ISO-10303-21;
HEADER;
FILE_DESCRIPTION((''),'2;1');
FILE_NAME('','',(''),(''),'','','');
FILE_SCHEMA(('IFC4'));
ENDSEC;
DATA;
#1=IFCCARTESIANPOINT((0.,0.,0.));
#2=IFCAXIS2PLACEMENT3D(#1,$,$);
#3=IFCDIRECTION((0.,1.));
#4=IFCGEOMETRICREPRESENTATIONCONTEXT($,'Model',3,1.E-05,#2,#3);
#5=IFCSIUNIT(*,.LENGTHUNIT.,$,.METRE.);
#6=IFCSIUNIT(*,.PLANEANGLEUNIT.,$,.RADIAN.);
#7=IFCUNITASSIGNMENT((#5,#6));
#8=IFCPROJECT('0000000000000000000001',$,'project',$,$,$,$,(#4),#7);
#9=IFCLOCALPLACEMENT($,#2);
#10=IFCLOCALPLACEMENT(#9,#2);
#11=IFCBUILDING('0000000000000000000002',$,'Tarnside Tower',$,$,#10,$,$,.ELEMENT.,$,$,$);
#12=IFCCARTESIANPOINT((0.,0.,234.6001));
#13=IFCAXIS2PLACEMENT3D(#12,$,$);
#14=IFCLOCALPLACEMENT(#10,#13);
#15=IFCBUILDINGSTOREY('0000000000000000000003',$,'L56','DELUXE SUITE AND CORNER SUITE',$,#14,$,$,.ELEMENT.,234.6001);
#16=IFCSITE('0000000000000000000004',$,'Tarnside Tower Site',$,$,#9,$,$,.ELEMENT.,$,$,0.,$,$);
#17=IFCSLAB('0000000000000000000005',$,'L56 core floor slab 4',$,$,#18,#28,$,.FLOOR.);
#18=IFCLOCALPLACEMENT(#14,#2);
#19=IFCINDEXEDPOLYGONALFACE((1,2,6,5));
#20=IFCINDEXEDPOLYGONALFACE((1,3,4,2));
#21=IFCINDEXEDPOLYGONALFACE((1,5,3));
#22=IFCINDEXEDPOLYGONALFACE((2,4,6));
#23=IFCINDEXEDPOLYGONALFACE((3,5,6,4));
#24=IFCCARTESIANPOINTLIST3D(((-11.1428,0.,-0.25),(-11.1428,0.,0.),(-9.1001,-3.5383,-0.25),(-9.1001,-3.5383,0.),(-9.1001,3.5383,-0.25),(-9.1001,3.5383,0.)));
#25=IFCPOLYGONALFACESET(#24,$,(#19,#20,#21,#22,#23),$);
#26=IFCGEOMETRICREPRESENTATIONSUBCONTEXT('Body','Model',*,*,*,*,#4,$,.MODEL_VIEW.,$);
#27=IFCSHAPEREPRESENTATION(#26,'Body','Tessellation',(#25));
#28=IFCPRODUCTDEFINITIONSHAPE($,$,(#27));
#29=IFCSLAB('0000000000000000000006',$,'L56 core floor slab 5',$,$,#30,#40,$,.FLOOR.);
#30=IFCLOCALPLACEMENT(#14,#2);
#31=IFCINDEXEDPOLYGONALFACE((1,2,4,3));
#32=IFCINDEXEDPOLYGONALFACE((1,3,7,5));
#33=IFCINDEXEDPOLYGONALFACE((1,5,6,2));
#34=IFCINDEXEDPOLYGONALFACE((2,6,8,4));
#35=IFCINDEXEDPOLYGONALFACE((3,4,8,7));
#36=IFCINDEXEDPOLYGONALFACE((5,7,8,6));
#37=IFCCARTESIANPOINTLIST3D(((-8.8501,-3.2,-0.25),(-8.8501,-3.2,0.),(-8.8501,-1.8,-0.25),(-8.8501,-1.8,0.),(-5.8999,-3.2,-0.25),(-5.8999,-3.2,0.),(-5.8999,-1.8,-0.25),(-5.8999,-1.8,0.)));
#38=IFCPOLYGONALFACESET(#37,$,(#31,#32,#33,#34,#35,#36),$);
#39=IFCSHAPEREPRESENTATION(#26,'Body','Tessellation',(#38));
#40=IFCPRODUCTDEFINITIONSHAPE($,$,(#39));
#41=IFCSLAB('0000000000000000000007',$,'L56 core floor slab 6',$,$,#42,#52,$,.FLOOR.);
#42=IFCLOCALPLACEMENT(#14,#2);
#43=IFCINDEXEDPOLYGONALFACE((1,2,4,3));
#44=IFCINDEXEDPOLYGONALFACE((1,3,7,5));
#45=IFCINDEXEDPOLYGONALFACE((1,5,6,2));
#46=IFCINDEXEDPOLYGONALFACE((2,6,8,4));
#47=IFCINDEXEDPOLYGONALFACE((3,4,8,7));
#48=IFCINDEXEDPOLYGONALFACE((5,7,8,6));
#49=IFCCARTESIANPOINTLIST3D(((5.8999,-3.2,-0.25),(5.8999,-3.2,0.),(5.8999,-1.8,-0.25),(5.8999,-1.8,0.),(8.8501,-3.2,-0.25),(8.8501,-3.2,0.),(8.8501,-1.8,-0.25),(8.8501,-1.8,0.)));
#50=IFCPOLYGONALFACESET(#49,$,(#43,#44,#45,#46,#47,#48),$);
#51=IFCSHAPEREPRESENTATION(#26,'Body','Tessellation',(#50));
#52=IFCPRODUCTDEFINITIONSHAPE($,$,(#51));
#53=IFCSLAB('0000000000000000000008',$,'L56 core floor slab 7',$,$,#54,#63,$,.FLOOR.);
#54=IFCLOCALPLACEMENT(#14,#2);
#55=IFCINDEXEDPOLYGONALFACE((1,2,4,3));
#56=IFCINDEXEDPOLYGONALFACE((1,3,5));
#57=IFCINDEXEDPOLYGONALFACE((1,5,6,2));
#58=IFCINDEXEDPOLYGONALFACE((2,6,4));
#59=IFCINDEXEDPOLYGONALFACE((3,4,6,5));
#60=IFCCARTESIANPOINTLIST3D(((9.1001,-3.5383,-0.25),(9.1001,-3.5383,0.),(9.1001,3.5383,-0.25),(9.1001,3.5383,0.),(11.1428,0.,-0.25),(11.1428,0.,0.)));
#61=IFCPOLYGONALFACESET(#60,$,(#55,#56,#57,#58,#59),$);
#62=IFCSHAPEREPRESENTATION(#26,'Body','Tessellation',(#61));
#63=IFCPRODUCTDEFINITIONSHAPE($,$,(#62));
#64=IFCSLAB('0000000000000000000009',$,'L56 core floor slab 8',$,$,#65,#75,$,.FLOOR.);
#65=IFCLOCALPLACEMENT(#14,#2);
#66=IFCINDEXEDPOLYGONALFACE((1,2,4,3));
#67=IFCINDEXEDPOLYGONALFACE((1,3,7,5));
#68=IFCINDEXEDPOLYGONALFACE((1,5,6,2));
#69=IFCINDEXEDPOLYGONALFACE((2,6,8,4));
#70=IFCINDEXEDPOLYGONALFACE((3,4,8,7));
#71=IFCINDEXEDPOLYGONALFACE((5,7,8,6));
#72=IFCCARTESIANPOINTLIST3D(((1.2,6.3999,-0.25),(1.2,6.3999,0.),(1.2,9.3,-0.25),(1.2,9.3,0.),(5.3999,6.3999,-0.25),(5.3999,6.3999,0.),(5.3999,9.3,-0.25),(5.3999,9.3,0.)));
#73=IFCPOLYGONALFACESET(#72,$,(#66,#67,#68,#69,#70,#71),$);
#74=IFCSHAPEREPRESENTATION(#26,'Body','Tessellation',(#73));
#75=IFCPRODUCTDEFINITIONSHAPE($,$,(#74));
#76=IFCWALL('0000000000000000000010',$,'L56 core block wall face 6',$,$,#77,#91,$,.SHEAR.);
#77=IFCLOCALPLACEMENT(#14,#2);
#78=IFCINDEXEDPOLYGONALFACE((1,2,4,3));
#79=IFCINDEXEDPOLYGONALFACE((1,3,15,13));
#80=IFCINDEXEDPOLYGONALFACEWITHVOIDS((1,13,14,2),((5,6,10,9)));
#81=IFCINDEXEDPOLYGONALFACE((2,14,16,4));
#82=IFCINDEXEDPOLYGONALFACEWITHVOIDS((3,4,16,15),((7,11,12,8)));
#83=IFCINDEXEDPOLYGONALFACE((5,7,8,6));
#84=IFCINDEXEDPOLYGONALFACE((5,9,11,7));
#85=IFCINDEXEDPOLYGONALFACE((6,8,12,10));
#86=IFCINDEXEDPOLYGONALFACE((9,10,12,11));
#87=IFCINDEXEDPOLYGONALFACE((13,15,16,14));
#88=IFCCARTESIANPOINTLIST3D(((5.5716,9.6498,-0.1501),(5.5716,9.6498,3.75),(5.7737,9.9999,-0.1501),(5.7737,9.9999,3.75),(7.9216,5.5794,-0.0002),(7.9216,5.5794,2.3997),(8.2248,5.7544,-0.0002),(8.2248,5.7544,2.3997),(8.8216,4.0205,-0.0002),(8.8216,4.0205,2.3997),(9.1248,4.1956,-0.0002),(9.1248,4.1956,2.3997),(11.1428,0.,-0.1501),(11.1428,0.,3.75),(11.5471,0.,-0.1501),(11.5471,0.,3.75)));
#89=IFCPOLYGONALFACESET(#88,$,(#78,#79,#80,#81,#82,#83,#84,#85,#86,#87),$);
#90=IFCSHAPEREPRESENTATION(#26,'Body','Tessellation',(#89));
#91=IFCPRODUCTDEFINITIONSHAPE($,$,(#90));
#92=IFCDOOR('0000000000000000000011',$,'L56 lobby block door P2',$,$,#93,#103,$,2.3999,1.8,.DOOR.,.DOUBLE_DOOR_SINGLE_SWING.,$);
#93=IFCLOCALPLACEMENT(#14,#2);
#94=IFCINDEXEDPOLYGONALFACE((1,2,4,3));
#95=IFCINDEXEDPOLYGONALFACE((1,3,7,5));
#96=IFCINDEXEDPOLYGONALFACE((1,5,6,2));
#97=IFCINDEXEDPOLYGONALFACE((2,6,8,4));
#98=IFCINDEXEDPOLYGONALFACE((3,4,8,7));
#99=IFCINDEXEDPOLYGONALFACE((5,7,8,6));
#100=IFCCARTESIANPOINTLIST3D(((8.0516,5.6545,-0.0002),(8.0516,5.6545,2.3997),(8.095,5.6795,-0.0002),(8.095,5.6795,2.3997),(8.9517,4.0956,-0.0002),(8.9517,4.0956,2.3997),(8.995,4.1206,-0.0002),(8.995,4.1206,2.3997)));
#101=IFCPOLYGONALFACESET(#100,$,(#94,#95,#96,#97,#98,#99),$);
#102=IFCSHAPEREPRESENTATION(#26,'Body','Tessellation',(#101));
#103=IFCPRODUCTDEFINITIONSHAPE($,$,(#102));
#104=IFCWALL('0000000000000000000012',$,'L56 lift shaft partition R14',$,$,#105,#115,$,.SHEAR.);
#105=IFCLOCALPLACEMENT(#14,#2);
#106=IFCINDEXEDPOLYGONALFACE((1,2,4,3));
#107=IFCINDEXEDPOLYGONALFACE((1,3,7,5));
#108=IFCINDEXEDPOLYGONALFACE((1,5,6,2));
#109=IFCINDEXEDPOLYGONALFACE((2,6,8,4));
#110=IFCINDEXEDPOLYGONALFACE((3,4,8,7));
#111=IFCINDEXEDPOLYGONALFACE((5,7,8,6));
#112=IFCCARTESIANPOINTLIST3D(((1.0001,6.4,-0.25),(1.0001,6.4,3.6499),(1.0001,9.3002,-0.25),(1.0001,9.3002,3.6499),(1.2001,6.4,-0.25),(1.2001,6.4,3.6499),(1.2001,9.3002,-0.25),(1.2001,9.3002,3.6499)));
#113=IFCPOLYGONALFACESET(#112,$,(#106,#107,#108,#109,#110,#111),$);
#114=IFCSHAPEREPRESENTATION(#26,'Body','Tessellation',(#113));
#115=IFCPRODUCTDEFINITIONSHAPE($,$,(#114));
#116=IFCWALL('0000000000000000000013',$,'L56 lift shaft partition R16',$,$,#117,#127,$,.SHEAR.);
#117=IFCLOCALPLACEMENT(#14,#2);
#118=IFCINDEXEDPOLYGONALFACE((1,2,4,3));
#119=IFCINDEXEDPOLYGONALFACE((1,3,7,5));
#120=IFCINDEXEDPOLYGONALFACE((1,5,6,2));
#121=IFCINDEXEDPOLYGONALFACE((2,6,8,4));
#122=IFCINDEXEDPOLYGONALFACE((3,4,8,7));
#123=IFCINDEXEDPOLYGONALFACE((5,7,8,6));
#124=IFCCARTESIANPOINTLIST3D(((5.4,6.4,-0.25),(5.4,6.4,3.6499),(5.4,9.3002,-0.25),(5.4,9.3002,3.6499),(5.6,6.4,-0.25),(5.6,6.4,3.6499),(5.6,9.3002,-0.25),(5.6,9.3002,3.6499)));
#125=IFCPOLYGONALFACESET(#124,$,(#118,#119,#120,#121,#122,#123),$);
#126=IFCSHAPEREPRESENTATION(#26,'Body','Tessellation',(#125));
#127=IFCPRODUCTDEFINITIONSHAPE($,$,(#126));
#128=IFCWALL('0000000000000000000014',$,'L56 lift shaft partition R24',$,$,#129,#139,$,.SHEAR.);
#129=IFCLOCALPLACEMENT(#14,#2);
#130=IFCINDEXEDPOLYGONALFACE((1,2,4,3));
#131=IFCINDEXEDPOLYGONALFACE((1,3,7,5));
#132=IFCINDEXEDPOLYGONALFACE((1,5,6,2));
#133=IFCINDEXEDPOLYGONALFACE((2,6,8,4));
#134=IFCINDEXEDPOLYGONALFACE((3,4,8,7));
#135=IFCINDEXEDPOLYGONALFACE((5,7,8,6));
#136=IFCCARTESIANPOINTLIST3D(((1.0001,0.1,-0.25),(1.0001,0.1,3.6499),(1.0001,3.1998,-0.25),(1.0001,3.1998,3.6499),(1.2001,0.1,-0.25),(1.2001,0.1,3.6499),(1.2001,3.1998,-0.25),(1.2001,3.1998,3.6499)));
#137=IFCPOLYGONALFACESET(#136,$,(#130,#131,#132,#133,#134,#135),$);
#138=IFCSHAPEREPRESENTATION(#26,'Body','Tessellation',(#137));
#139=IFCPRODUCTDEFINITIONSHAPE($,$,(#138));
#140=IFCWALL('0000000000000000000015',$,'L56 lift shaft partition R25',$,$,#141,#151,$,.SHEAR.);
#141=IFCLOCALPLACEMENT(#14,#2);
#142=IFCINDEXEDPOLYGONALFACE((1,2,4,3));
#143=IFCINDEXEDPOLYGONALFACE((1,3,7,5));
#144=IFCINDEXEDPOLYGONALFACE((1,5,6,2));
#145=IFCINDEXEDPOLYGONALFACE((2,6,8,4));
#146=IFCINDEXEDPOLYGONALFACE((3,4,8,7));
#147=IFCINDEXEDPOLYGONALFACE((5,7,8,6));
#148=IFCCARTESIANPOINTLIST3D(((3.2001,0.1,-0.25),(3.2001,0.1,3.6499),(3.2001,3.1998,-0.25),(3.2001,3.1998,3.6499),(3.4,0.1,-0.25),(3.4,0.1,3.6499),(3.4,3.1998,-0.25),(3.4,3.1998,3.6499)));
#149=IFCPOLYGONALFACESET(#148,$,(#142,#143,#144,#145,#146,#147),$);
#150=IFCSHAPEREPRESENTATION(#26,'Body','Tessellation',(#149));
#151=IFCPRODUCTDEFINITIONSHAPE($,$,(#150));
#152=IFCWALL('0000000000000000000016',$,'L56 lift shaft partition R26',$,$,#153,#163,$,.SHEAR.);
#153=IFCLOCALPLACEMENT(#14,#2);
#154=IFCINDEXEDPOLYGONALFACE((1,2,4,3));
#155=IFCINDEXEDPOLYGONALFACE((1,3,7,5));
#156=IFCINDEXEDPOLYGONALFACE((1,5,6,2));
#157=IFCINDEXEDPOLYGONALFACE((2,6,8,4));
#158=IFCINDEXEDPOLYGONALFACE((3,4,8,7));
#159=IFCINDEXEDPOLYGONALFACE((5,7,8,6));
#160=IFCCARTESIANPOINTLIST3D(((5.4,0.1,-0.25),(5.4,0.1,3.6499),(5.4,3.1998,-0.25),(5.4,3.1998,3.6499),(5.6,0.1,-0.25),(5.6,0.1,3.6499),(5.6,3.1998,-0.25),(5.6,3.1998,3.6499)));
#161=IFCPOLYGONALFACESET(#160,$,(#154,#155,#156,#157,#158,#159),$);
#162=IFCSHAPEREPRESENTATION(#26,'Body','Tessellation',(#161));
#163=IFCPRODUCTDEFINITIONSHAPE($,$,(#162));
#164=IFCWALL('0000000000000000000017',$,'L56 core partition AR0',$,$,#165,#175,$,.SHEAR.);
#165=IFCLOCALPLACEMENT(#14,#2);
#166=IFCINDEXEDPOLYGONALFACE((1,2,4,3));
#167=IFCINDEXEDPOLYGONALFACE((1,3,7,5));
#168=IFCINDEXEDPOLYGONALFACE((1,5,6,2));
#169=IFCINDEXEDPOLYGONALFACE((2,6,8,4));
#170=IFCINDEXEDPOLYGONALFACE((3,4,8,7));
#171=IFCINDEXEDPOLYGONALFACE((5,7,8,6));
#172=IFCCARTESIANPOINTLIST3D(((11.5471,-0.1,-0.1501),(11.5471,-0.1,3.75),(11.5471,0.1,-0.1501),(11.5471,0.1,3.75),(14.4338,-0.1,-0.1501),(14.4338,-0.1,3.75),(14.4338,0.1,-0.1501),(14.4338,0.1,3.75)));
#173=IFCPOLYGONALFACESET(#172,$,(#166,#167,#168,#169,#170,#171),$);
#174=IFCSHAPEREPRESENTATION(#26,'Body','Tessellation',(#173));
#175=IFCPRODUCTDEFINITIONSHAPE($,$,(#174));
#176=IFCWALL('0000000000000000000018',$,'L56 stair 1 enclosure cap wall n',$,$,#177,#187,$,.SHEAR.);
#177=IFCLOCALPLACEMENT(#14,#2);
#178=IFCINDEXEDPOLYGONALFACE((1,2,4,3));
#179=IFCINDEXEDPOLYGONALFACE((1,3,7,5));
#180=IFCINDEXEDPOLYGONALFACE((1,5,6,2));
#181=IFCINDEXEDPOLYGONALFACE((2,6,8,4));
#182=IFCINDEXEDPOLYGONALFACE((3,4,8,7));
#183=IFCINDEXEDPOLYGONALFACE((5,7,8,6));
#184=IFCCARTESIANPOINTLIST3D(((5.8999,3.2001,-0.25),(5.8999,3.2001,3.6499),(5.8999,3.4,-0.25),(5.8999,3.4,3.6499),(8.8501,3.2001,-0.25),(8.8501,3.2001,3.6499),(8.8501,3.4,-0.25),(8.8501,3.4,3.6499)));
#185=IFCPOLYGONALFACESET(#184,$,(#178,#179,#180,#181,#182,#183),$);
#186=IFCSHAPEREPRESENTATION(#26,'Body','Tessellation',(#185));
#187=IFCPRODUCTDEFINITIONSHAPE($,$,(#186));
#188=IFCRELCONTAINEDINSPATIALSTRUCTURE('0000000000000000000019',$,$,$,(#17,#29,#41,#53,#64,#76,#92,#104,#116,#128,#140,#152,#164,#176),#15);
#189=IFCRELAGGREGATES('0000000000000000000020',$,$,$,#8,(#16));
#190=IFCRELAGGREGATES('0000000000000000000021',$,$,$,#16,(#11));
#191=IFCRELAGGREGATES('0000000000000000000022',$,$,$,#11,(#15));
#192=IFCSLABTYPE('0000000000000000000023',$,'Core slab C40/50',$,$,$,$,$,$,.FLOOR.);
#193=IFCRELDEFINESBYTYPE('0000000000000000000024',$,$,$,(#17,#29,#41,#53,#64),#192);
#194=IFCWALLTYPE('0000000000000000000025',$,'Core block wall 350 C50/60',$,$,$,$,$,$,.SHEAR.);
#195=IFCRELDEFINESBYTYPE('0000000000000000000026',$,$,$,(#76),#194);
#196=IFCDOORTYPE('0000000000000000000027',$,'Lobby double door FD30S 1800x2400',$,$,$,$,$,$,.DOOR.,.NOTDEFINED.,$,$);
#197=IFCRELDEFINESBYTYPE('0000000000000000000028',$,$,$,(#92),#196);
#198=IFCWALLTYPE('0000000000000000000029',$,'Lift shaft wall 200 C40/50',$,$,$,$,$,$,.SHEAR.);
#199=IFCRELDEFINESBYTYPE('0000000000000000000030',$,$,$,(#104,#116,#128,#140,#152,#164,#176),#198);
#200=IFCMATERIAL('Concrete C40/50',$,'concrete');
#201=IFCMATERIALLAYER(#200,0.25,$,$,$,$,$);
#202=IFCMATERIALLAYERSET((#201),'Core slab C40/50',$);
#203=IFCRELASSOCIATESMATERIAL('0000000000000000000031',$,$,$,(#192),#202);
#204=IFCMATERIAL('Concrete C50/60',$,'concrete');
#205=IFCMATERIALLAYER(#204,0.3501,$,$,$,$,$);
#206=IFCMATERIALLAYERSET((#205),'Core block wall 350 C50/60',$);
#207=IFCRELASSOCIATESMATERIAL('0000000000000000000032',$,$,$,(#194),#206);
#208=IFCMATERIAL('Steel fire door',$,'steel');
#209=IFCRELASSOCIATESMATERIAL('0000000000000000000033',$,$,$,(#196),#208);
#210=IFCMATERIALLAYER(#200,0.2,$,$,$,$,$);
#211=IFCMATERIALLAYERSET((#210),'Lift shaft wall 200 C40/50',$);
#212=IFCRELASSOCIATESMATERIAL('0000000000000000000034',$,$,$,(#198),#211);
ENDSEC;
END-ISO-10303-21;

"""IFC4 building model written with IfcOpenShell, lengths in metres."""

from ifc_helpers import new_model, si_unit, direction, frame, frame_2d, origin, place, context, subcontext, project, spatial, polyline, rectangle, outline, extrude, material, layer, layer_set, type_object, element, fill, save


model = new_model("IFC4")

# Units and contexts
model_context = context("Model", 3, precision=1e-05, world=origin(), true_north=direction((0.0, 1.0)))
body_context = subcontext(model_context, "Body", "Model", "MODEL_VIEW")
ifc_project = project(units=[si_unit("LENGTHUNIT", "METRE"), si_unit("PLANEANGLEUNIT", "RADIAN")], contexts=[model_context])

# Site, building, storey
site_placement = place(None, origin())
site = spatial("IfcSite", under=ifc_project, at=site_placement, Name="Tarnside Tower Site", CompositionType="ELEMENT", RefElevation=0.0)
building_placement = place(site_placement, origin())
building = spatial("IfcBuilding", under=site, at=building_placement, Name="Tarnside Tower", CompositionType="ELEMENT")
storey_placement = place(building_placement, frame((0.0, 0.0, 234.6001)))
storey = spatial("IfcBuildingStorey", under=building, at=storey_placement, Name="L56", Description="DELUXE SUITE AND CORNER SUITE", CompositionType="ELEMENT", Elevation=234.6001)

# Slabs
ifc_material_1 = material(Name="Concrete C40/50", Category="concrete")
ifc_layer_1 = layer(ifc_material_1, 0.25)
ifc_layer_set_1 = layer_set([ifc_layer_1], Name="Core slab C40/50")
slab_type = type_object("IfcSlabType", Name="Core slab C40/50", PredefinedType="FLOOR", material=ifc_layer_set_1)
slab_1_placement = place(storey_placement, frame((0.0, 0.0, -0.25)))
element("IfcSlab", 1, at=slab_1_placement, inside=storey, type_object=slab_type, Name="L56 core floor slab 4", PredefinedType="FLOOR", context=body_context, shape_type="SweptSolid", body=[
    extrude(outline(polyline([(-11.1428, 0.0), (-9.1001, 3.5383), (-9.1001, -3.5383), (-11.1428, 0.0)])), origin(), (0.0, 0.0, 1.0), 0.25),
])
slab_2_placement = place(storey_placement, frame((0.0, 0.0, -0.25)))
element("IfcSlab", 2, at=slab_2_placement, inside=storey, type_object=slab_type, Name="L56 core floor slab 5", PredefinedType="FLOOR", context=body_context, shape_type="SweptSolid", body=[
    extrude(outline(polyline([(-8.8501, -1.8), (-5.8999, -1.8), (-5.8999, -3.2), (-8.8501, -3.2), (-8.8501, -1.8)])), origin(), (0.0, 0.0, 1.0), 0.25),
])
slab_3_placement = place(storey_placement, frame((0.0, 0.0, -0.25)))
element("IfcSlab", 3, at=slab_3_placement, inside=storey, type_object=slab_type, Name="L56 core floor slab 6", PredefinedType="FLOOR", context=body_context, shape_type="SweptSolid", body=[
    extrude(outline(polyline([(5.8999, -3.2), (5.8999, -1.8), (8.8501, -1.8), (8.8501, -3.2), (5.8999, -3.2)])), origin(), (0.0, 0.0, 1.0), 0.25),
])
slab_4_placement = place(storey_placement, frame((0.0, 0.0, -0.25)))
element("IfcSlab", 4, at=slab_4_placement, inside=storey, type_object=slab_type, Name="L56 core floor slab 7", PredefinedType="FLOOR", context=body_context, shape_type="SweptSolid", body=[
    extrude(outline(polyline([(9.1001, -3.5383), (9.1001, 3.5383), (11.1428, 0.0), (9.1001, -3.5383)])), origin(), (0.0, 0.0, 1.0), 0.25),
])
slab_5_placement = place(storey_placement, frame((0.0, 0.0, -0.25)))
element("IfcSlab", 5, at=slab_5_placement, inside=storey, type_object=slab_type, Name="L56 core floor slab 8", PredefinedType="FLOOR", context=body_context, shape_type="SweptSolid", body=[
    extrude(outline(polyline([(5.3999, 9.3), (5.3999, 6.3999), (1.2, 6.3999), (1.2, 9.3), (5.3999, 9.3)])), origin(), (0.0, 0.0, 1.0), 0.25),
])

# Wall, opening, door
ifc_material_2 = material(Name="Concrete C50/60", Category="concrete")
ifc_layer_2 = layer(ifc_material_2, 0.3501)
ifc_layer_set_2 = layer_set([ifc_layer_2], Name="Core block wall 350 C50/60")
wall_type_1 = type_object("IfcWallType", Name="Core block wall 350 C50/60", PredefinedType="SHEAR", material=ifc_layer_set_2)
wall_1_placement = place(storey_placement, frame((11.345, 0.0, -0.1501), z_axis=(0.0, 0.0, 1.0), x_axis=(-0.499995, 0.866028, 0.0)))
wall_1 = element("IfcWall", 6, at=wall_1_placement, inside=storey, type_object=wall_type_1, Name="L56 core block wall face 6", PredefinedType="SHEAR", context=body_context, shape_type="SweptSolid", body=[
    extrude(outline(polyline([(-0.1011, -0.175), (11.4458, -0.175), (11.2437, 0.175), (0.1011, 0.175), (-0.1011, -0.175)])), origin(), (0.0, 0.0, 1.0), 3.9001),
])
opening_placement = place(wall_1_placement, frame((4.7437, 0.0, 0.1499)))
opening = element("IfcOpeningElement", 7, at=opening_placement, cuts=wall_1, PredefinedType="OPENING", context=body_context, shape_type="SweptSolid", body=[
    extrude(rectangle(XDim=1.8, YDim=2.3999, at=frame_2d((0.8999, 1.2))), frame((0.0, 0.1851, 0.0), z_axis=(0.0, -1.0, 0.0), x_axis=(1.0, 0.0, 0.0)), (0.0, 0.0, 1.0), 0.3701),
])
ifc_material_3 = material(Name="Steel fire door", Category="steel")
door_type = type_object("IfcDoorType", Name="Lobby double door FD30S 1800x2400", OperationType="NOTDEFINED", PredefinedType="DOOR", material=ifc_material_3)
door_placement = place(opening_placement, origin())
door = element("IfcDoor", 8, at=door_placement, inside=storey, type_object=door_type, Name="L56 lobby block door P2", OperationType="DOUBLE_DOOR_SINGLE_SWING", OverallHeight=2.3999, OverallWidth=1.8, PredefinedType="DOOR", context=body_context, shape_type="SweptSolid", body=[
    extrude(rectangle(XDim=1.8, YDim=2.3999, at=frame_2d((0.8999, 1.2))), frame((0.0, 0.0249, 0.0), z_axis=(0.0, -1.0, 0.0), x_axis=(1.0, 0.0, 0.0)), (0.0, 0.0, 1.0), 0.05),
])
fill(opening, door)

# Walls
ifc_layer_3 = layer(ifc_material_1, 0.2)
ifc_layer_set_3 = layer_set([ifc_layer_3], Name="Lift shaft wall 200 C40/50")
wall_type_2 = type_object("IfcWallType", Name="Lift shaft wall 200 C40/50", PredefinedType="SHEAR", material=ifc_layer_set_3)
for number, where, z_axis, x_axis, name in (
    (9, (1.1001, 6.3999, -0.25), (0.0, 0.0, 1.0), (0.0, 1.0, 0.0), "L56 lift shaft partition R14"),
    (10, (5.5, 6.3999, -0.25), (0.0, 0.0, 1.0), (0.0, 1.0, 0.0), "L56 lift shaft partition R16"),
):
    element("IfcWall", number, at=place(storey_placement, frame(where, z_axis=z_axis, x_axis=x_axis)), inside=storey, type_object=wall_type_2, Name=name, PredefinedType="SHEAR", context=body_context, shape_type="SweptSolid", body=[
        extrude(rectangle(XDim=2.9001, YDim=0.2, at=frame_2d((1.4502, 0.0))), origin(), (0.0, 0.0, 1.0), 3.8999),
    ])
for number, where, z_axis, x_axis, name in (
    (11, (1.1001, 0.1001, -0.25), (0.0, 0.0, 1.0), (0.0, 1.0, 0.0), "L56 lift shaft partition R24"),
    (12, (3.3, 0.1001, -0.25), (0.0, 0.0, 1.0), (0.0, 1.0, 0.0), "L56 lift shaft partition R25"),
    (13, (5.5, 0.1001, -0.25), (0.0, 0.0, 1.0), (0.0, 1.0, 0.0), "L56 lift shaft partition R26"),
):
    element("IfcWall", number, at=place(storey_placement, frame(where, z_axis=z_axis, x_axis=x_axis)), inside=storey, type_object=wall_type_2, Name=name, PredefinedType="SHEAR", context=body_context, shape_type="SweptSolid", body=[
        extrude(rectangle(XDim=3.0999, YDim=0.2, at=frame_2d((1.5498, 0.0))), origin(), (0.0, 0.0, 1.0), 3.8999),
    ])
wall_2_placement = place(storey_placement, frame((11.5471, 0.0, -0.1501), z_axis=(0.0, 0.0, 1.0), x_axis=(1.0, 0.0, 0.0)))
element("IfcWall", 14, at=wall_2_placement, inside=storey, type_object=wall_type_2, Name="L56 core partition AR0", PredefinedType="SHEAR", context=body_context, shape_type="SweptSolid", body=[
    extrude(rectangle(XDim=2.8867, YDim=0.2, at=frame_2d((1.4434, 0.0))), origin(), (0.0, 0.0, 1.0), 3.9001),
])
wall_3_placement = place(storey_placement, frame((5.8999, 3.3, -0.25), z_axis=(0.0, 0.0, 1.0), x_axis=(1.0, 0.0, 0.0)))
element("IfcWall", 15, at=wall_3_placement, inside=storey, type_object=wall_type_2, Name="L56 stair 1 enclosure cap wall n", PredefinedType="SHEAR", context=body_context, shape_type="SweptSolid", body=[
    extrude(rectangle(XDim=2.9502, YDim=0.2, at=frame_2d((1.4751, 0.0))), origin(), (0.0, 0.0, 1.0), 3.8999),
])

save(model, "model.ifc")
